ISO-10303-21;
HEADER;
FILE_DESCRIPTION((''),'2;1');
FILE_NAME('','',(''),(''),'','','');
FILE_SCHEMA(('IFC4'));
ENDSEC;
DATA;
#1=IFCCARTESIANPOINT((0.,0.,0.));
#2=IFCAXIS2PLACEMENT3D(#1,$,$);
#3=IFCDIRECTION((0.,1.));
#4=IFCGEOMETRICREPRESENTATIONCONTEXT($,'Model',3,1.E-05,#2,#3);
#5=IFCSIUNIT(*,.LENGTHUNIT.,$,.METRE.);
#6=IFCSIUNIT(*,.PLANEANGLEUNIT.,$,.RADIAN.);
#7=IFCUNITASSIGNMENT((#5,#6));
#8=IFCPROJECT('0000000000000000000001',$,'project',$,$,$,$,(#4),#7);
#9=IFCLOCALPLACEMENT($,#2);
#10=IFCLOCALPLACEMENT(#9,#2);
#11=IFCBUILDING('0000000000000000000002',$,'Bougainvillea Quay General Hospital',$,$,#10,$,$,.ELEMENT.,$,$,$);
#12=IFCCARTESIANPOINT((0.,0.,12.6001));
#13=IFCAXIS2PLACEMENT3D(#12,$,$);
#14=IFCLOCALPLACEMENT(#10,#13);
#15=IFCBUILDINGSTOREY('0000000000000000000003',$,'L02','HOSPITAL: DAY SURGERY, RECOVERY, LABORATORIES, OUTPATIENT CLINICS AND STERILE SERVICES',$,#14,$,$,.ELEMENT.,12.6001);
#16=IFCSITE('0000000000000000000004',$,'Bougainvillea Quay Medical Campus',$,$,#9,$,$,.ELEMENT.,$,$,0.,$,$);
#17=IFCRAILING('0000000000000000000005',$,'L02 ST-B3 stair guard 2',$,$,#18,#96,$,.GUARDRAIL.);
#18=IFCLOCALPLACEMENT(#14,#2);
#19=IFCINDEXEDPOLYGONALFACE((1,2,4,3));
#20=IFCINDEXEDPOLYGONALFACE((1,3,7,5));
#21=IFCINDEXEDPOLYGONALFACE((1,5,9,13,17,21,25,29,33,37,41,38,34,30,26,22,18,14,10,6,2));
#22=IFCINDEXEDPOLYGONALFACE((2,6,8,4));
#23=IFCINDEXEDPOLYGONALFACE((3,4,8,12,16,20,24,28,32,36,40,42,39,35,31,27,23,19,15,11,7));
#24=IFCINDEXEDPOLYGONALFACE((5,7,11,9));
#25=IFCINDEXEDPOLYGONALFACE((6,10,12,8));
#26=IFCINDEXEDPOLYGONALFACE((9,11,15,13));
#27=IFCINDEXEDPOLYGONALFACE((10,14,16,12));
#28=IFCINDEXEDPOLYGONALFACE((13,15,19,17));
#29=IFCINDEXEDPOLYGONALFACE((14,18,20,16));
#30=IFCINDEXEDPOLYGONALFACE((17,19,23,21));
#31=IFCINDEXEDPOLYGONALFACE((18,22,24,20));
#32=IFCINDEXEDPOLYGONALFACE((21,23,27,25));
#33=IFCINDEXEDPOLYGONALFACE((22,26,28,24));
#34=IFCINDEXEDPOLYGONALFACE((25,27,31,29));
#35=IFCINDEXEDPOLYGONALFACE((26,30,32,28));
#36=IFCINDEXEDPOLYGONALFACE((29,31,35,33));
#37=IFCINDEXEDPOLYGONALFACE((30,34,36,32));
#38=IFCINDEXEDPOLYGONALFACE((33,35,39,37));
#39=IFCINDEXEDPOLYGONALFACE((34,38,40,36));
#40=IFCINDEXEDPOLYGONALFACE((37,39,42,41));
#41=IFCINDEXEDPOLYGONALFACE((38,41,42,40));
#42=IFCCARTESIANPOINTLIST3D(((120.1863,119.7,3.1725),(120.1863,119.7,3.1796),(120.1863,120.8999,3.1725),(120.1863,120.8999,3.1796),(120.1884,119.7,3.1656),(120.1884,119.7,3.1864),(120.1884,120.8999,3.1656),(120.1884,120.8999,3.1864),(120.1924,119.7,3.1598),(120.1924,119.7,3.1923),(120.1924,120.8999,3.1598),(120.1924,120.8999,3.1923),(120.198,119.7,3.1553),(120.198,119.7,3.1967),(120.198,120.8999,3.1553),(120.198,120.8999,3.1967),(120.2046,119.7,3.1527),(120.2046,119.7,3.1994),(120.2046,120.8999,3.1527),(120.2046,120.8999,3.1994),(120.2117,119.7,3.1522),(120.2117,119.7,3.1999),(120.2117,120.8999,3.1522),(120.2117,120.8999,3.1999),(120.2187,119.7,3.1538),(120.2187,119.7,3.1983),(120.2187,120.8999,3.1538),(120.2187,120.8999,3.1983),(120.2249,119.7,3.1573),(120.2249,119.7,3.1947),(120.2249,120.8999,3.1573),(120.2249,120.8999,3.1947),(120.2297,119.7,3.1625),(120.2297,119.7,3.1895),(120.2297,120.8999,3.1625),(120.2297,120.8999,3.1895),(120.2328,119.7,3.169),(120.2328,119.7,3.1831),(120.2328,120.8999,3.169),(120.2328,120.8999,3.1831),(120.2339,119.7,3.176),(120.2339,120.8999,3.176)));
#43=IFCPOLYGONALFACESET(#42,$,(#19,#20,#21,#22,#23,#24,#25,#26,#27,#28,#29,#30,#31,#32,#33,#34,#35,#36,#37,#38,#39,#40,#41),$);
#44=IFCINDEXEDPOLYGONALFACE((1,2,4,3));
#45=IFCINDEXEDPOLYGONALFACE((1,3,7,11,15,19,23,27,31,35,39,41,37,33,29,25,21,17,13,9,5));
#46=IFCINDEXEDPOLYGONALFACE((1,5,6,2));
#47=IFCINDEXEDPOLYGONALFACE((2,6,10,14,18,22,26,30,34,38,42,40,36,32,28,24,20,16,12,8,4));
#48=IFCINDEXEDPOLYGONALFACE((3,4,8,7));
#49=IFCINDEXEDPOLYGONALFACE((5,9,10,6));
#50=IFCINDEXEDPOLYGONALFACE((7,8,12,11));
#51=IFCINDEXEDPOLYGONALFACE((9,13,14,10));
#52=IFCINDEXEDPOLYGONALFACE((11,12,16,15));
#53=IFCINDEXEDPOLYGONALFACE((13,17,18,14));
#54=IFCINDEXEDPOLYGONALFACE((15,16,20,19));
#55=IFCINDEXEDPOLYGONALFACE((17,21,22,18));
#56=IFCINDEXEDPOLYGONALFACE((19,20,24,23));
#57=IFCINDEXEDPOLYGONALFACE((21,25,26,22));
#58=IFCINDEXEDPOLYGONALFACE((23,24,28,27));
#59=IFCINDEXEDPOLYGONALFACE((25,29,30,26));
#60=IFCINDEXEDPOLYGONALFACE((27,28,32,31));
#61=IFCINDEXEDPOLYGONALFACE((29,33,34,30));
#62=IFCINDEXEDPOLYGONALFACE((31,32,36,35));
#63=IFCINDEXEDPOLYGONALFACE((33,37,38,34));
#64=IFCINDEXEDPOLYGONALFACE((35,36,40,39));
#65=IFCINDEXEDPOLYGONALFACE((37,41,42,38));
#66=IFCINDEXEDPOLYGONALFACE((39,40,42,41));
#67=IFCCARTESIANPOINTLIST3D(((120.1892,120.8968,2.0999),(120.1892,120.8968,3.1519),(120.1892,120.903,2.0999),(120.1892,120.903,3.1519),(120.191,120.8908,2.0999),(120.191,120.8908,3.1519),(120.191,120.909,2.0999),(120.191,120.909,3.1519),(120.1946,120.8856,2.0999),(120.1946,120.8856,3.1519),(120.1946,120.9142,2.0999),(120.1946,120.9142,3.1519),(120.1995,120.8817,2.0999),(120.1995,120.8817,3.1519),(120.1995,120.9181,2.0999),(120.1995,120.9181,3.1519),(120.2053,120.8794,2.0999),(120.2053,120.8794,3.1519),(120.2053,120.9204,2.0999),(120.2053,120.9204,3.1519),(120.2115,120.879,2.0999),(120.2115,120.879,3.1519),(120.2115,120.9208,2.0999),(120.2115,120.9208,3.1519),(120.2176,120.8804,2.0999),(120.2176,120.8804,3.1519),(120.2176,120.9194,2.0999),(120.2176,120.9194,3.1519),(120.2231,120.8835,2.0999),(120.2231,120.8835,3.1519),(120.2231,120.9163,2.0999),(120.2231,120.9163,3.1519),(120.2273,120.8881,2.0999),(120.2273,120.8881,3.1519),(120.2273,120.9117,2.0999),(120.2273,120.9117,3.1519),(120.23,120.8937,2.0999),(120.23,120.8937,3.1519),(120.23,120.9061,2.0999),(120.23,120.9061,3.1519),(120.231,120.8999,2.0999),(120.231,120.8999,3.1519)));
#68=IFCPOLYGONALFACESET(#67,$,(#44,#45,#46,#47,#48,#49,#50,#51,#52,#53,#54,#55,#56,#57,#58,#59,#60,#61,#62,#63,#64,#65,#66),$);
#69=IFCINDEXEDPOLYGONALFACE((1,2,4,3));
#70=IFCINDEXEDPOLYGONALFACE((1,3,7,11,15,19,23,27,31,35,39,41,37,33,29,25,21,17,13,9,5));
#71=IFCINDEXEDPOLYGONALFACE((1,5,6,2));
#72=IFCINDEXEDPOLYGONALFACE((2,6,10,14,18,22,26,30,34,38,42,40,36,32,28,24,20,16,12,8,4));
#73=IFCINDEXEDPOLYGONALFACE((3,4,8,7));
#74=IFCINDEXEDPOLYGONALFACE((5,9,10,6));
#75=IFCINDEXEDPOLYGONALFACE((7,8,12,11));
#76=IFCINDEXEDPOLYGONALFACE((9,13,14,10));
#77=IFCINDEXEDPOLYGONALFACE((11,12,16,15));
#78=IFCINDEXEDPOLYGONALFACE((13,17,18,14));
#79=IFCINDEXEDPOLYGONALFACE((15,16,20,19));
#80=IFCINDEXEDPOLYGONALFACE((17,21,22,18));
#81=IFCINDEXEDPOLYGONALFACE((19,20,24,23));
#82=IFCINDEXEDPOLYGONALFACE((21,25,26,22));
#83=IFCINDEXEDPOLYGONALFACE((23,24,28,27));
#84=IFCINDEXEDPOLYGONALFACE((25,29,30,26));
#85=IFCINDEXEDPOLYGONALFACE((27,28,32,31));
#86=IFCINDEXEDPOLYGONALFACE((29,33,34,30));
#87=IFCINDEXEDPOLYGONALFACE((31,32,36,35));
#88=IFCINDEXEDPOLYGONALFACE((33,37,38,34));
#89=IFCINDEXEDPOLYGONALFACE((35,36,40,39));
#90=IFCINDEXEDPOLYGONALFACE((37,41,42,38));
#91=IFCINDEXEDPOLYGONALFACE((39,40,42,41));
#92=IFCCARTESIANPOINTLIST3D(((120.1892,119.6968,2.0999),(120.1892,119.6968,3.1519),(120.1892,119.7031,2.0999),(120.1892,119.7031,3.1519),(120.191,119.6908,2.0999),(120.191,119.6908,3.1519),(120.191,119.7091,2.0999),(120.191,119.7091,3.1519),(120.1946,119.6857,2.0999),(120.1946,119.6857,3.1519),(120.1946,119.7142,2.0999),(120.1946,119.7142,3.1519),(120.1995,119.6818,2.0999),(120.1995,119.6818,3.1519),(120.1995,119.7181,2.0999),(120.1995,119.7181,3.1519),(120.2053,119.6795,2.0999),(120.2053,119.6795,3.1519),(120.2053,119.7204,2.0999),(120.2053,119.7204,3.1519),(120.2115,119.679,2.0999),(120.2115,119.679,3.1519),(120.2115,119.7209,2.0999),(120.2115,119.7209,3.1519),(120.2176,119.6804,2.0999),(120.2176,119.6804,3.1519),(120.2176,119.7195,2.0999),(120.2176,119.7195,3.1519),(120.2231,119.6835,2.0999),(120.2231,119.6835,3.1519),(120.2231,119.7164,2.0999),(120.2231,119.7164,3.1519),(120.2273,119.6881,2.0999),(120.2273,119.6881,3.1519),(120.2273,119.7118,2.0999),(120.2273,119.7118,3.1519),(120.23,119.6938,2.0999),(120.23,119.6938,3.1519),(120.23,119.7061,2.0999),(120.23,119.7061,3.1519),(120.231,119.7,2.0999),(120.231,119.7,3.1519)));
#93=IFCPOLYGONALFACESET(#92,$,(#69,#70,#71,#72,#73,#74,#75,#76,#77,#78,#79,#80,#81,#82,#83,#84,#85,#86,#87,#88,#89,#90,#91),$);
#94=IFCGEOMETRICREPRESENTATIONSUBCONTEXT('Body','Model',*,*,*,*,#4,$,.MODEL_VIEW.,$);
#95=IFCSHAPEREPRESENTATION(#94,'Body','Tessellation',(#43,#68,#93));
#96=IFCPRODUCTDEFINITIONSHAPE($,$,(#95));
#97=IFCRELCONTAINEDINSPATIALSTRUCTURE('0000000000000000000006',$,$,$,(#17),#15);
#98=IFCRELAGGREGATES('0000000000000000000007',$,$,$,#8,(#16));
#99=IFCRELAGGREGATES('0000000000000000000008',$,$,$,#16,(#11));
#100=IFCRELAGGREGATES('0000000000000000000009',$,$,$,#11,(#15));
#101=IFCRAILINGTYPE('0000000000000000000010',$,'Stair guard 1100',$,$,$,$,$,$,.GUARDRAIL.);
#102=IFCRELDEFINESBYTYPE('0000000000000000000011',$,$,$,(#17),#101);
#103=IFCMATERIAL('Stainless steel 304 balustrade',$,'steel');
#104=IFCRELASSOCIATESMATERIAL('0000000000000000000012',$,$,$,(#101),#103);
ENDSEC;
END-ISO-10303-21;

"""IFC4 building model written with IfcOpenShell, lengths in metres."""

from ifc_helpers import new_model, si_unit, direction, frame, origin, origin_2d, place, context, subcontext, project, spatial, circle, extrude, material, type_object, element, save


model = new_model("IFC4")

# Units and contexts
model_context = context("Model", 3, precision=1e-05, world=origin(), true_north=direction((0.0, 1.0)))
body_context = subcontext(model_context, "Body", "Model", "MODEL_VIEW")
ifc_project = project(units=[si_unit("LENGTHUNIT", "METRE"), si_unit("PLANEANGLEUNIT", "RADIAN")], contexts=[model_context])

# Site, building, storey
site_placement = place(None, origin())
site = spatial("IfcSite", under=ifc_project, at=site_placement, Name="Bougainvillea Quay Medical Campus", CompositionType="ELEMENT", RefElevation=0.0)
building_placement = place(site_placement, origin())
building = spatial("IfcBuilding", under=site, at=building_placement, Name="Bougainvillea Quay General Hospital", CompositionType="ELEMENT")
storey_placement = place(building_placement, frame((0.0, 0.0, 12.6001)))
storey = spatial("IfcBuildingStorey", under=building, at=storey_placement, Name="L02", Description="HOSPITAL: DAY SURGERY, RECOVERY, LABORATORIES, OUTPATIENT CLINICS AND STERILE SERVICES", CompositionType="ELEMENT", Elevation=12.6001)

# Railing
ifc_material_1 = material(Name="Stainless steel 304 balustrade", Category="steel")
railing_type_1 = type_object("IfcRailingType", Name="Stair guard 1100", PredefinedType="GUARDRAIL", material=ifc_material_1)
railing_1_placement = place(storey_placement, frame((120.21, 120.8999, 2.0999)))
element("IfcRailing", 1, at=railing_1_placement, inside=storey, type_object=railing_type_1, Name="L02 ST-B3 stair guard 2", PredefinedType="GUARDRAIL", context=body_context, shape_type="SweptSolid", body=[
    extrude(circle(Radius=0.0239, at=origin_2d()), frame((0.0, 0.0, 1.0762), z_axis=(0.0, -1.0, 0.0), x_axis=(1.0, 0.0, 0.0)), (0.0, 0.0, 1.0), 1.2),
    extrude(circle(Radius=0.021, at=origin_2d()), origin(), (0.0, 0.0, 1.0), 1.052),
    extrude(circle(Radius=0.021, at=origin_2d()), frame((0.0, -1.2, 0.0)), (0.0, 0.0, 1.0), 1.052),
])

save(model, "model.ifc")
